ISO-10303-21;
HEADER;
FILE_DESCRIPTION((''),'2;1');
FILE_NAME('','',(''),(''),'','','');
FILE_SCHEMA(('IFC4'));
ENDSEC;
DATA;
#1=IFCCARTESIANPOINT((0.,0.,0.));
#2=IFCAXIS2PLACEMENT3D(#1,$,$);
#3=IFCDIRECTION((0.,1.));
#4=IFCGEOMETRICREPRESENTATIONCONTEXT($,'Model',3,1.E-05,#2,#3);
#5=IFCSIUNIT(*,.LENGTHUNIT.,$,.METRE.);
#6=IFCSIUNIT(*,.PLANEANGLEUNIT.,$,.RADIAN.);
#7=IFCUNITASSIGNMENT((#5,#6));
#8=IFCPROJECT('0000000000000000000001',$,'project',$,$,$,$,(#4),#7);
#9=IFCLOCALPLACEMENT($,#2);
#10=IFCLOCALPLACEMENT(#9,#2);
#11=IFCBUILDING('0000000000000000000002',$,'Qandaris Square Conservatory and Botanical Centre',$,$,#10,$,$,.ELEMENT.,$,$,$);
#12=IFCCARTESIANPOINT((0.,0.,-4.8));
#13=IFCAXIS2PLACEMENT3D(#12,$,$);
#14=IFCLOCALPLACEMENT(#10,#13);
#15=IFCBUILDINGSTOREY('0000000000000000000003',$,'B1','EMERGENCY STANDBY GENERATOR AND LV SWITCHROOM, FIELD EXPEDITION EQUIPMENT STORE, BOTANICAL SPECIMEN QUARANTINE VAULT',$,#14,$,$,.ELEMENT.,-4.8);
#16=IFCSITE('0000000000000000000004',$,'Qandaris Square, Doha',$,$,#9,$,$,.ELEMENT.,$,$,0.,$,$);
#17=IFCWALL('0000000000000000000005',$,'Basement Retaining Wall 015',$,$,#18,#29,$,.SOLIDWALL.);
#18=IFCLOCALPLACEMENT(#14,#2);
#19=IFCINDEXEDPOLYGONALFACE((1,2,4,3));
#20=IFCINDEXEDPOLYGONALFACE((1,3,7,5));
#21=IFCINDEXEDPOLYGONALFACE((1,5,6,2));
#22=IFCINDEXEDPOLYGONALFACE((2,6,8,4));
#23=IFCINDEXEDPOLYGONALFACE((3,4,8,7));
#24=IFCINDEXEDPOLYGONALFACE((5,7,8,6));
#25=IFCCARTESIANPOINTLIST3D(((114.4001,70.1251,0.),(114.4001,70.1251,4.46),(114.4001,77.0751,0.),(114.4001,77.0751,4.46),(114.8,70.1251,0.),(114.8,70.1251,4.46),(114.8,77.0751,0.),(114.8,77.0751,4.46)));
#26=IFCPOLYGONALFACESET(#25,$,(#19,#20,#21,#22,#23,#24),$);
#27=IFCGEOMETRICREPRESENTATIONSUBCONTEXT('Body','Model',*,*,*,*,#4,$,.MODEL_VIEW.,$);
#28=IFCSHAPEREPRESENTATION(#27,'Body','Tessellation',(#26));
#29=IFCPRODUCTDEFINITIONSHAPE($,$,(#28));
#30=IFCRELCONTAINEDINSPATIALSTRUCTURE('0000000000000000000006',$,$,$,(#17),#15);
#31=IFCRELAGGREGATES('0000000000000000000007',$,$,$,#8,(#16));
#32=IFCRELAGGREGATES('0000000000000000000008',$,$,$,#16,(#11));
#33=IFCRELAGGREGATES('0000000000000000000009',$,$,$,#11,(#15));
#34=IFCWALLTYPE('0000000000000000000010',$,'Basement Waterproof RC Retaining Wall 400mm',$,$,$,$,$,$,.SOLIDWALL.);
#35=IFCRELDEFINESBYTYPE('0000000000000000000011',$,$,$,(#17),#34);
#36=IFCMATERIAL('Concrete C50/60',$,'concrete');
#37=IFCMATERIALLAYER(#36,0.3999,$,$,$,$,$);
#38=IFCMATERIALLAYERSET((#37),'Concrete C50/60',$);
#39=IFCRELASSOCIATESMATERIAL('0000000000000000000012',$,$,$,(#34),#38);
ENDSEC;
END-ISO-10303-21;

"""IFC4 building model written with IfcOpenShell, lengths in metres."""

from ifc_helpers import new_model, si_unit, direction, frame, frame_2d, origin, place, context, subcontext, project, spatial, rectangle, extrude, material, layer, layer_set, type_object, element, save


model = new_model("IFC4")

# Units and contexts
model_context = context("Model", 3, precision=1e-05, world=origin(), true_north=direction((0.0, 1.0)))
body_context = subcontext(model_context, "Body", "Model", "MODEL_VIEW")
ifc_project = project(units=[si_unit("LENGTHUNIT", "METRE"), si_unit("PLANEANGLEUNIT", "RADIAN")], contexts=[model_context])

# Site, building, storey
site_placement = place(None, origin())
site = spatial("IfcSite", under=ifc_project, at=site_placement, Name="Qandaris Square, Doha", CompositionType="ELEMENT", RefElevation=0.0)
building_placement = place(site_placement, origin())
building = spatial("IfcBuilding", under=site, at=building_placement, Name="Qandaris Square Conservatory and Botanical Centre", CompositionType="ELEMENT")
storey_placement = place(building_placement, frame((0.0, 0.0, -4.8)))
storey = spatial("IfcBuildingStorey", under=building, at=storey_placement, Name="B1", Description="EMERGENCY STANDBY GENERATOR AND LV SWITCHROOM, FIELD EXPEDITION EQUIPMENT STORE, BOTANICAL SPECIMEN QUARANTINE VAULT", CompositionType="ELEMENT", Elevation=-4.8)

# Shared definitions
ifc_material_1 = material(Name="Concrete C50/60", Category="concrete")

# Wall
ifc_layer = layer(ifc_material_1, 0.3999)
ifc_layer_set = layer_set([ifc_layer], Name="Concrete C50/60")
wall_type = type_object("IfcWallType", Name="Basement Waterproof RC Retaining Wall 400mm", PredefinedType="SOLIDWALL", material=ifc_layer_set)
wall_placement = place(storey_placement, frame((114.6001, 70.125, 0.0), z_axis=(0.0, 0.0, 1.0), x_axis=(0.0, 1.0, 0.0)))
element("IfcWall", 1, at=wall_placement, inside=storey, type_object=wall_type, Name="Basement Retaining Wall 015", PredefinedType="SOLIDWALL", context=body_context, shape_type="SweptSolid", body=[
    extrude(rectangle(XDim=6.95, YDim=0.3999, at=frame_2d((3.4751, 0.0))), origin(), (0.0, 0.0, 1.0), 4.46),
])

save(model, "model.ifc")
